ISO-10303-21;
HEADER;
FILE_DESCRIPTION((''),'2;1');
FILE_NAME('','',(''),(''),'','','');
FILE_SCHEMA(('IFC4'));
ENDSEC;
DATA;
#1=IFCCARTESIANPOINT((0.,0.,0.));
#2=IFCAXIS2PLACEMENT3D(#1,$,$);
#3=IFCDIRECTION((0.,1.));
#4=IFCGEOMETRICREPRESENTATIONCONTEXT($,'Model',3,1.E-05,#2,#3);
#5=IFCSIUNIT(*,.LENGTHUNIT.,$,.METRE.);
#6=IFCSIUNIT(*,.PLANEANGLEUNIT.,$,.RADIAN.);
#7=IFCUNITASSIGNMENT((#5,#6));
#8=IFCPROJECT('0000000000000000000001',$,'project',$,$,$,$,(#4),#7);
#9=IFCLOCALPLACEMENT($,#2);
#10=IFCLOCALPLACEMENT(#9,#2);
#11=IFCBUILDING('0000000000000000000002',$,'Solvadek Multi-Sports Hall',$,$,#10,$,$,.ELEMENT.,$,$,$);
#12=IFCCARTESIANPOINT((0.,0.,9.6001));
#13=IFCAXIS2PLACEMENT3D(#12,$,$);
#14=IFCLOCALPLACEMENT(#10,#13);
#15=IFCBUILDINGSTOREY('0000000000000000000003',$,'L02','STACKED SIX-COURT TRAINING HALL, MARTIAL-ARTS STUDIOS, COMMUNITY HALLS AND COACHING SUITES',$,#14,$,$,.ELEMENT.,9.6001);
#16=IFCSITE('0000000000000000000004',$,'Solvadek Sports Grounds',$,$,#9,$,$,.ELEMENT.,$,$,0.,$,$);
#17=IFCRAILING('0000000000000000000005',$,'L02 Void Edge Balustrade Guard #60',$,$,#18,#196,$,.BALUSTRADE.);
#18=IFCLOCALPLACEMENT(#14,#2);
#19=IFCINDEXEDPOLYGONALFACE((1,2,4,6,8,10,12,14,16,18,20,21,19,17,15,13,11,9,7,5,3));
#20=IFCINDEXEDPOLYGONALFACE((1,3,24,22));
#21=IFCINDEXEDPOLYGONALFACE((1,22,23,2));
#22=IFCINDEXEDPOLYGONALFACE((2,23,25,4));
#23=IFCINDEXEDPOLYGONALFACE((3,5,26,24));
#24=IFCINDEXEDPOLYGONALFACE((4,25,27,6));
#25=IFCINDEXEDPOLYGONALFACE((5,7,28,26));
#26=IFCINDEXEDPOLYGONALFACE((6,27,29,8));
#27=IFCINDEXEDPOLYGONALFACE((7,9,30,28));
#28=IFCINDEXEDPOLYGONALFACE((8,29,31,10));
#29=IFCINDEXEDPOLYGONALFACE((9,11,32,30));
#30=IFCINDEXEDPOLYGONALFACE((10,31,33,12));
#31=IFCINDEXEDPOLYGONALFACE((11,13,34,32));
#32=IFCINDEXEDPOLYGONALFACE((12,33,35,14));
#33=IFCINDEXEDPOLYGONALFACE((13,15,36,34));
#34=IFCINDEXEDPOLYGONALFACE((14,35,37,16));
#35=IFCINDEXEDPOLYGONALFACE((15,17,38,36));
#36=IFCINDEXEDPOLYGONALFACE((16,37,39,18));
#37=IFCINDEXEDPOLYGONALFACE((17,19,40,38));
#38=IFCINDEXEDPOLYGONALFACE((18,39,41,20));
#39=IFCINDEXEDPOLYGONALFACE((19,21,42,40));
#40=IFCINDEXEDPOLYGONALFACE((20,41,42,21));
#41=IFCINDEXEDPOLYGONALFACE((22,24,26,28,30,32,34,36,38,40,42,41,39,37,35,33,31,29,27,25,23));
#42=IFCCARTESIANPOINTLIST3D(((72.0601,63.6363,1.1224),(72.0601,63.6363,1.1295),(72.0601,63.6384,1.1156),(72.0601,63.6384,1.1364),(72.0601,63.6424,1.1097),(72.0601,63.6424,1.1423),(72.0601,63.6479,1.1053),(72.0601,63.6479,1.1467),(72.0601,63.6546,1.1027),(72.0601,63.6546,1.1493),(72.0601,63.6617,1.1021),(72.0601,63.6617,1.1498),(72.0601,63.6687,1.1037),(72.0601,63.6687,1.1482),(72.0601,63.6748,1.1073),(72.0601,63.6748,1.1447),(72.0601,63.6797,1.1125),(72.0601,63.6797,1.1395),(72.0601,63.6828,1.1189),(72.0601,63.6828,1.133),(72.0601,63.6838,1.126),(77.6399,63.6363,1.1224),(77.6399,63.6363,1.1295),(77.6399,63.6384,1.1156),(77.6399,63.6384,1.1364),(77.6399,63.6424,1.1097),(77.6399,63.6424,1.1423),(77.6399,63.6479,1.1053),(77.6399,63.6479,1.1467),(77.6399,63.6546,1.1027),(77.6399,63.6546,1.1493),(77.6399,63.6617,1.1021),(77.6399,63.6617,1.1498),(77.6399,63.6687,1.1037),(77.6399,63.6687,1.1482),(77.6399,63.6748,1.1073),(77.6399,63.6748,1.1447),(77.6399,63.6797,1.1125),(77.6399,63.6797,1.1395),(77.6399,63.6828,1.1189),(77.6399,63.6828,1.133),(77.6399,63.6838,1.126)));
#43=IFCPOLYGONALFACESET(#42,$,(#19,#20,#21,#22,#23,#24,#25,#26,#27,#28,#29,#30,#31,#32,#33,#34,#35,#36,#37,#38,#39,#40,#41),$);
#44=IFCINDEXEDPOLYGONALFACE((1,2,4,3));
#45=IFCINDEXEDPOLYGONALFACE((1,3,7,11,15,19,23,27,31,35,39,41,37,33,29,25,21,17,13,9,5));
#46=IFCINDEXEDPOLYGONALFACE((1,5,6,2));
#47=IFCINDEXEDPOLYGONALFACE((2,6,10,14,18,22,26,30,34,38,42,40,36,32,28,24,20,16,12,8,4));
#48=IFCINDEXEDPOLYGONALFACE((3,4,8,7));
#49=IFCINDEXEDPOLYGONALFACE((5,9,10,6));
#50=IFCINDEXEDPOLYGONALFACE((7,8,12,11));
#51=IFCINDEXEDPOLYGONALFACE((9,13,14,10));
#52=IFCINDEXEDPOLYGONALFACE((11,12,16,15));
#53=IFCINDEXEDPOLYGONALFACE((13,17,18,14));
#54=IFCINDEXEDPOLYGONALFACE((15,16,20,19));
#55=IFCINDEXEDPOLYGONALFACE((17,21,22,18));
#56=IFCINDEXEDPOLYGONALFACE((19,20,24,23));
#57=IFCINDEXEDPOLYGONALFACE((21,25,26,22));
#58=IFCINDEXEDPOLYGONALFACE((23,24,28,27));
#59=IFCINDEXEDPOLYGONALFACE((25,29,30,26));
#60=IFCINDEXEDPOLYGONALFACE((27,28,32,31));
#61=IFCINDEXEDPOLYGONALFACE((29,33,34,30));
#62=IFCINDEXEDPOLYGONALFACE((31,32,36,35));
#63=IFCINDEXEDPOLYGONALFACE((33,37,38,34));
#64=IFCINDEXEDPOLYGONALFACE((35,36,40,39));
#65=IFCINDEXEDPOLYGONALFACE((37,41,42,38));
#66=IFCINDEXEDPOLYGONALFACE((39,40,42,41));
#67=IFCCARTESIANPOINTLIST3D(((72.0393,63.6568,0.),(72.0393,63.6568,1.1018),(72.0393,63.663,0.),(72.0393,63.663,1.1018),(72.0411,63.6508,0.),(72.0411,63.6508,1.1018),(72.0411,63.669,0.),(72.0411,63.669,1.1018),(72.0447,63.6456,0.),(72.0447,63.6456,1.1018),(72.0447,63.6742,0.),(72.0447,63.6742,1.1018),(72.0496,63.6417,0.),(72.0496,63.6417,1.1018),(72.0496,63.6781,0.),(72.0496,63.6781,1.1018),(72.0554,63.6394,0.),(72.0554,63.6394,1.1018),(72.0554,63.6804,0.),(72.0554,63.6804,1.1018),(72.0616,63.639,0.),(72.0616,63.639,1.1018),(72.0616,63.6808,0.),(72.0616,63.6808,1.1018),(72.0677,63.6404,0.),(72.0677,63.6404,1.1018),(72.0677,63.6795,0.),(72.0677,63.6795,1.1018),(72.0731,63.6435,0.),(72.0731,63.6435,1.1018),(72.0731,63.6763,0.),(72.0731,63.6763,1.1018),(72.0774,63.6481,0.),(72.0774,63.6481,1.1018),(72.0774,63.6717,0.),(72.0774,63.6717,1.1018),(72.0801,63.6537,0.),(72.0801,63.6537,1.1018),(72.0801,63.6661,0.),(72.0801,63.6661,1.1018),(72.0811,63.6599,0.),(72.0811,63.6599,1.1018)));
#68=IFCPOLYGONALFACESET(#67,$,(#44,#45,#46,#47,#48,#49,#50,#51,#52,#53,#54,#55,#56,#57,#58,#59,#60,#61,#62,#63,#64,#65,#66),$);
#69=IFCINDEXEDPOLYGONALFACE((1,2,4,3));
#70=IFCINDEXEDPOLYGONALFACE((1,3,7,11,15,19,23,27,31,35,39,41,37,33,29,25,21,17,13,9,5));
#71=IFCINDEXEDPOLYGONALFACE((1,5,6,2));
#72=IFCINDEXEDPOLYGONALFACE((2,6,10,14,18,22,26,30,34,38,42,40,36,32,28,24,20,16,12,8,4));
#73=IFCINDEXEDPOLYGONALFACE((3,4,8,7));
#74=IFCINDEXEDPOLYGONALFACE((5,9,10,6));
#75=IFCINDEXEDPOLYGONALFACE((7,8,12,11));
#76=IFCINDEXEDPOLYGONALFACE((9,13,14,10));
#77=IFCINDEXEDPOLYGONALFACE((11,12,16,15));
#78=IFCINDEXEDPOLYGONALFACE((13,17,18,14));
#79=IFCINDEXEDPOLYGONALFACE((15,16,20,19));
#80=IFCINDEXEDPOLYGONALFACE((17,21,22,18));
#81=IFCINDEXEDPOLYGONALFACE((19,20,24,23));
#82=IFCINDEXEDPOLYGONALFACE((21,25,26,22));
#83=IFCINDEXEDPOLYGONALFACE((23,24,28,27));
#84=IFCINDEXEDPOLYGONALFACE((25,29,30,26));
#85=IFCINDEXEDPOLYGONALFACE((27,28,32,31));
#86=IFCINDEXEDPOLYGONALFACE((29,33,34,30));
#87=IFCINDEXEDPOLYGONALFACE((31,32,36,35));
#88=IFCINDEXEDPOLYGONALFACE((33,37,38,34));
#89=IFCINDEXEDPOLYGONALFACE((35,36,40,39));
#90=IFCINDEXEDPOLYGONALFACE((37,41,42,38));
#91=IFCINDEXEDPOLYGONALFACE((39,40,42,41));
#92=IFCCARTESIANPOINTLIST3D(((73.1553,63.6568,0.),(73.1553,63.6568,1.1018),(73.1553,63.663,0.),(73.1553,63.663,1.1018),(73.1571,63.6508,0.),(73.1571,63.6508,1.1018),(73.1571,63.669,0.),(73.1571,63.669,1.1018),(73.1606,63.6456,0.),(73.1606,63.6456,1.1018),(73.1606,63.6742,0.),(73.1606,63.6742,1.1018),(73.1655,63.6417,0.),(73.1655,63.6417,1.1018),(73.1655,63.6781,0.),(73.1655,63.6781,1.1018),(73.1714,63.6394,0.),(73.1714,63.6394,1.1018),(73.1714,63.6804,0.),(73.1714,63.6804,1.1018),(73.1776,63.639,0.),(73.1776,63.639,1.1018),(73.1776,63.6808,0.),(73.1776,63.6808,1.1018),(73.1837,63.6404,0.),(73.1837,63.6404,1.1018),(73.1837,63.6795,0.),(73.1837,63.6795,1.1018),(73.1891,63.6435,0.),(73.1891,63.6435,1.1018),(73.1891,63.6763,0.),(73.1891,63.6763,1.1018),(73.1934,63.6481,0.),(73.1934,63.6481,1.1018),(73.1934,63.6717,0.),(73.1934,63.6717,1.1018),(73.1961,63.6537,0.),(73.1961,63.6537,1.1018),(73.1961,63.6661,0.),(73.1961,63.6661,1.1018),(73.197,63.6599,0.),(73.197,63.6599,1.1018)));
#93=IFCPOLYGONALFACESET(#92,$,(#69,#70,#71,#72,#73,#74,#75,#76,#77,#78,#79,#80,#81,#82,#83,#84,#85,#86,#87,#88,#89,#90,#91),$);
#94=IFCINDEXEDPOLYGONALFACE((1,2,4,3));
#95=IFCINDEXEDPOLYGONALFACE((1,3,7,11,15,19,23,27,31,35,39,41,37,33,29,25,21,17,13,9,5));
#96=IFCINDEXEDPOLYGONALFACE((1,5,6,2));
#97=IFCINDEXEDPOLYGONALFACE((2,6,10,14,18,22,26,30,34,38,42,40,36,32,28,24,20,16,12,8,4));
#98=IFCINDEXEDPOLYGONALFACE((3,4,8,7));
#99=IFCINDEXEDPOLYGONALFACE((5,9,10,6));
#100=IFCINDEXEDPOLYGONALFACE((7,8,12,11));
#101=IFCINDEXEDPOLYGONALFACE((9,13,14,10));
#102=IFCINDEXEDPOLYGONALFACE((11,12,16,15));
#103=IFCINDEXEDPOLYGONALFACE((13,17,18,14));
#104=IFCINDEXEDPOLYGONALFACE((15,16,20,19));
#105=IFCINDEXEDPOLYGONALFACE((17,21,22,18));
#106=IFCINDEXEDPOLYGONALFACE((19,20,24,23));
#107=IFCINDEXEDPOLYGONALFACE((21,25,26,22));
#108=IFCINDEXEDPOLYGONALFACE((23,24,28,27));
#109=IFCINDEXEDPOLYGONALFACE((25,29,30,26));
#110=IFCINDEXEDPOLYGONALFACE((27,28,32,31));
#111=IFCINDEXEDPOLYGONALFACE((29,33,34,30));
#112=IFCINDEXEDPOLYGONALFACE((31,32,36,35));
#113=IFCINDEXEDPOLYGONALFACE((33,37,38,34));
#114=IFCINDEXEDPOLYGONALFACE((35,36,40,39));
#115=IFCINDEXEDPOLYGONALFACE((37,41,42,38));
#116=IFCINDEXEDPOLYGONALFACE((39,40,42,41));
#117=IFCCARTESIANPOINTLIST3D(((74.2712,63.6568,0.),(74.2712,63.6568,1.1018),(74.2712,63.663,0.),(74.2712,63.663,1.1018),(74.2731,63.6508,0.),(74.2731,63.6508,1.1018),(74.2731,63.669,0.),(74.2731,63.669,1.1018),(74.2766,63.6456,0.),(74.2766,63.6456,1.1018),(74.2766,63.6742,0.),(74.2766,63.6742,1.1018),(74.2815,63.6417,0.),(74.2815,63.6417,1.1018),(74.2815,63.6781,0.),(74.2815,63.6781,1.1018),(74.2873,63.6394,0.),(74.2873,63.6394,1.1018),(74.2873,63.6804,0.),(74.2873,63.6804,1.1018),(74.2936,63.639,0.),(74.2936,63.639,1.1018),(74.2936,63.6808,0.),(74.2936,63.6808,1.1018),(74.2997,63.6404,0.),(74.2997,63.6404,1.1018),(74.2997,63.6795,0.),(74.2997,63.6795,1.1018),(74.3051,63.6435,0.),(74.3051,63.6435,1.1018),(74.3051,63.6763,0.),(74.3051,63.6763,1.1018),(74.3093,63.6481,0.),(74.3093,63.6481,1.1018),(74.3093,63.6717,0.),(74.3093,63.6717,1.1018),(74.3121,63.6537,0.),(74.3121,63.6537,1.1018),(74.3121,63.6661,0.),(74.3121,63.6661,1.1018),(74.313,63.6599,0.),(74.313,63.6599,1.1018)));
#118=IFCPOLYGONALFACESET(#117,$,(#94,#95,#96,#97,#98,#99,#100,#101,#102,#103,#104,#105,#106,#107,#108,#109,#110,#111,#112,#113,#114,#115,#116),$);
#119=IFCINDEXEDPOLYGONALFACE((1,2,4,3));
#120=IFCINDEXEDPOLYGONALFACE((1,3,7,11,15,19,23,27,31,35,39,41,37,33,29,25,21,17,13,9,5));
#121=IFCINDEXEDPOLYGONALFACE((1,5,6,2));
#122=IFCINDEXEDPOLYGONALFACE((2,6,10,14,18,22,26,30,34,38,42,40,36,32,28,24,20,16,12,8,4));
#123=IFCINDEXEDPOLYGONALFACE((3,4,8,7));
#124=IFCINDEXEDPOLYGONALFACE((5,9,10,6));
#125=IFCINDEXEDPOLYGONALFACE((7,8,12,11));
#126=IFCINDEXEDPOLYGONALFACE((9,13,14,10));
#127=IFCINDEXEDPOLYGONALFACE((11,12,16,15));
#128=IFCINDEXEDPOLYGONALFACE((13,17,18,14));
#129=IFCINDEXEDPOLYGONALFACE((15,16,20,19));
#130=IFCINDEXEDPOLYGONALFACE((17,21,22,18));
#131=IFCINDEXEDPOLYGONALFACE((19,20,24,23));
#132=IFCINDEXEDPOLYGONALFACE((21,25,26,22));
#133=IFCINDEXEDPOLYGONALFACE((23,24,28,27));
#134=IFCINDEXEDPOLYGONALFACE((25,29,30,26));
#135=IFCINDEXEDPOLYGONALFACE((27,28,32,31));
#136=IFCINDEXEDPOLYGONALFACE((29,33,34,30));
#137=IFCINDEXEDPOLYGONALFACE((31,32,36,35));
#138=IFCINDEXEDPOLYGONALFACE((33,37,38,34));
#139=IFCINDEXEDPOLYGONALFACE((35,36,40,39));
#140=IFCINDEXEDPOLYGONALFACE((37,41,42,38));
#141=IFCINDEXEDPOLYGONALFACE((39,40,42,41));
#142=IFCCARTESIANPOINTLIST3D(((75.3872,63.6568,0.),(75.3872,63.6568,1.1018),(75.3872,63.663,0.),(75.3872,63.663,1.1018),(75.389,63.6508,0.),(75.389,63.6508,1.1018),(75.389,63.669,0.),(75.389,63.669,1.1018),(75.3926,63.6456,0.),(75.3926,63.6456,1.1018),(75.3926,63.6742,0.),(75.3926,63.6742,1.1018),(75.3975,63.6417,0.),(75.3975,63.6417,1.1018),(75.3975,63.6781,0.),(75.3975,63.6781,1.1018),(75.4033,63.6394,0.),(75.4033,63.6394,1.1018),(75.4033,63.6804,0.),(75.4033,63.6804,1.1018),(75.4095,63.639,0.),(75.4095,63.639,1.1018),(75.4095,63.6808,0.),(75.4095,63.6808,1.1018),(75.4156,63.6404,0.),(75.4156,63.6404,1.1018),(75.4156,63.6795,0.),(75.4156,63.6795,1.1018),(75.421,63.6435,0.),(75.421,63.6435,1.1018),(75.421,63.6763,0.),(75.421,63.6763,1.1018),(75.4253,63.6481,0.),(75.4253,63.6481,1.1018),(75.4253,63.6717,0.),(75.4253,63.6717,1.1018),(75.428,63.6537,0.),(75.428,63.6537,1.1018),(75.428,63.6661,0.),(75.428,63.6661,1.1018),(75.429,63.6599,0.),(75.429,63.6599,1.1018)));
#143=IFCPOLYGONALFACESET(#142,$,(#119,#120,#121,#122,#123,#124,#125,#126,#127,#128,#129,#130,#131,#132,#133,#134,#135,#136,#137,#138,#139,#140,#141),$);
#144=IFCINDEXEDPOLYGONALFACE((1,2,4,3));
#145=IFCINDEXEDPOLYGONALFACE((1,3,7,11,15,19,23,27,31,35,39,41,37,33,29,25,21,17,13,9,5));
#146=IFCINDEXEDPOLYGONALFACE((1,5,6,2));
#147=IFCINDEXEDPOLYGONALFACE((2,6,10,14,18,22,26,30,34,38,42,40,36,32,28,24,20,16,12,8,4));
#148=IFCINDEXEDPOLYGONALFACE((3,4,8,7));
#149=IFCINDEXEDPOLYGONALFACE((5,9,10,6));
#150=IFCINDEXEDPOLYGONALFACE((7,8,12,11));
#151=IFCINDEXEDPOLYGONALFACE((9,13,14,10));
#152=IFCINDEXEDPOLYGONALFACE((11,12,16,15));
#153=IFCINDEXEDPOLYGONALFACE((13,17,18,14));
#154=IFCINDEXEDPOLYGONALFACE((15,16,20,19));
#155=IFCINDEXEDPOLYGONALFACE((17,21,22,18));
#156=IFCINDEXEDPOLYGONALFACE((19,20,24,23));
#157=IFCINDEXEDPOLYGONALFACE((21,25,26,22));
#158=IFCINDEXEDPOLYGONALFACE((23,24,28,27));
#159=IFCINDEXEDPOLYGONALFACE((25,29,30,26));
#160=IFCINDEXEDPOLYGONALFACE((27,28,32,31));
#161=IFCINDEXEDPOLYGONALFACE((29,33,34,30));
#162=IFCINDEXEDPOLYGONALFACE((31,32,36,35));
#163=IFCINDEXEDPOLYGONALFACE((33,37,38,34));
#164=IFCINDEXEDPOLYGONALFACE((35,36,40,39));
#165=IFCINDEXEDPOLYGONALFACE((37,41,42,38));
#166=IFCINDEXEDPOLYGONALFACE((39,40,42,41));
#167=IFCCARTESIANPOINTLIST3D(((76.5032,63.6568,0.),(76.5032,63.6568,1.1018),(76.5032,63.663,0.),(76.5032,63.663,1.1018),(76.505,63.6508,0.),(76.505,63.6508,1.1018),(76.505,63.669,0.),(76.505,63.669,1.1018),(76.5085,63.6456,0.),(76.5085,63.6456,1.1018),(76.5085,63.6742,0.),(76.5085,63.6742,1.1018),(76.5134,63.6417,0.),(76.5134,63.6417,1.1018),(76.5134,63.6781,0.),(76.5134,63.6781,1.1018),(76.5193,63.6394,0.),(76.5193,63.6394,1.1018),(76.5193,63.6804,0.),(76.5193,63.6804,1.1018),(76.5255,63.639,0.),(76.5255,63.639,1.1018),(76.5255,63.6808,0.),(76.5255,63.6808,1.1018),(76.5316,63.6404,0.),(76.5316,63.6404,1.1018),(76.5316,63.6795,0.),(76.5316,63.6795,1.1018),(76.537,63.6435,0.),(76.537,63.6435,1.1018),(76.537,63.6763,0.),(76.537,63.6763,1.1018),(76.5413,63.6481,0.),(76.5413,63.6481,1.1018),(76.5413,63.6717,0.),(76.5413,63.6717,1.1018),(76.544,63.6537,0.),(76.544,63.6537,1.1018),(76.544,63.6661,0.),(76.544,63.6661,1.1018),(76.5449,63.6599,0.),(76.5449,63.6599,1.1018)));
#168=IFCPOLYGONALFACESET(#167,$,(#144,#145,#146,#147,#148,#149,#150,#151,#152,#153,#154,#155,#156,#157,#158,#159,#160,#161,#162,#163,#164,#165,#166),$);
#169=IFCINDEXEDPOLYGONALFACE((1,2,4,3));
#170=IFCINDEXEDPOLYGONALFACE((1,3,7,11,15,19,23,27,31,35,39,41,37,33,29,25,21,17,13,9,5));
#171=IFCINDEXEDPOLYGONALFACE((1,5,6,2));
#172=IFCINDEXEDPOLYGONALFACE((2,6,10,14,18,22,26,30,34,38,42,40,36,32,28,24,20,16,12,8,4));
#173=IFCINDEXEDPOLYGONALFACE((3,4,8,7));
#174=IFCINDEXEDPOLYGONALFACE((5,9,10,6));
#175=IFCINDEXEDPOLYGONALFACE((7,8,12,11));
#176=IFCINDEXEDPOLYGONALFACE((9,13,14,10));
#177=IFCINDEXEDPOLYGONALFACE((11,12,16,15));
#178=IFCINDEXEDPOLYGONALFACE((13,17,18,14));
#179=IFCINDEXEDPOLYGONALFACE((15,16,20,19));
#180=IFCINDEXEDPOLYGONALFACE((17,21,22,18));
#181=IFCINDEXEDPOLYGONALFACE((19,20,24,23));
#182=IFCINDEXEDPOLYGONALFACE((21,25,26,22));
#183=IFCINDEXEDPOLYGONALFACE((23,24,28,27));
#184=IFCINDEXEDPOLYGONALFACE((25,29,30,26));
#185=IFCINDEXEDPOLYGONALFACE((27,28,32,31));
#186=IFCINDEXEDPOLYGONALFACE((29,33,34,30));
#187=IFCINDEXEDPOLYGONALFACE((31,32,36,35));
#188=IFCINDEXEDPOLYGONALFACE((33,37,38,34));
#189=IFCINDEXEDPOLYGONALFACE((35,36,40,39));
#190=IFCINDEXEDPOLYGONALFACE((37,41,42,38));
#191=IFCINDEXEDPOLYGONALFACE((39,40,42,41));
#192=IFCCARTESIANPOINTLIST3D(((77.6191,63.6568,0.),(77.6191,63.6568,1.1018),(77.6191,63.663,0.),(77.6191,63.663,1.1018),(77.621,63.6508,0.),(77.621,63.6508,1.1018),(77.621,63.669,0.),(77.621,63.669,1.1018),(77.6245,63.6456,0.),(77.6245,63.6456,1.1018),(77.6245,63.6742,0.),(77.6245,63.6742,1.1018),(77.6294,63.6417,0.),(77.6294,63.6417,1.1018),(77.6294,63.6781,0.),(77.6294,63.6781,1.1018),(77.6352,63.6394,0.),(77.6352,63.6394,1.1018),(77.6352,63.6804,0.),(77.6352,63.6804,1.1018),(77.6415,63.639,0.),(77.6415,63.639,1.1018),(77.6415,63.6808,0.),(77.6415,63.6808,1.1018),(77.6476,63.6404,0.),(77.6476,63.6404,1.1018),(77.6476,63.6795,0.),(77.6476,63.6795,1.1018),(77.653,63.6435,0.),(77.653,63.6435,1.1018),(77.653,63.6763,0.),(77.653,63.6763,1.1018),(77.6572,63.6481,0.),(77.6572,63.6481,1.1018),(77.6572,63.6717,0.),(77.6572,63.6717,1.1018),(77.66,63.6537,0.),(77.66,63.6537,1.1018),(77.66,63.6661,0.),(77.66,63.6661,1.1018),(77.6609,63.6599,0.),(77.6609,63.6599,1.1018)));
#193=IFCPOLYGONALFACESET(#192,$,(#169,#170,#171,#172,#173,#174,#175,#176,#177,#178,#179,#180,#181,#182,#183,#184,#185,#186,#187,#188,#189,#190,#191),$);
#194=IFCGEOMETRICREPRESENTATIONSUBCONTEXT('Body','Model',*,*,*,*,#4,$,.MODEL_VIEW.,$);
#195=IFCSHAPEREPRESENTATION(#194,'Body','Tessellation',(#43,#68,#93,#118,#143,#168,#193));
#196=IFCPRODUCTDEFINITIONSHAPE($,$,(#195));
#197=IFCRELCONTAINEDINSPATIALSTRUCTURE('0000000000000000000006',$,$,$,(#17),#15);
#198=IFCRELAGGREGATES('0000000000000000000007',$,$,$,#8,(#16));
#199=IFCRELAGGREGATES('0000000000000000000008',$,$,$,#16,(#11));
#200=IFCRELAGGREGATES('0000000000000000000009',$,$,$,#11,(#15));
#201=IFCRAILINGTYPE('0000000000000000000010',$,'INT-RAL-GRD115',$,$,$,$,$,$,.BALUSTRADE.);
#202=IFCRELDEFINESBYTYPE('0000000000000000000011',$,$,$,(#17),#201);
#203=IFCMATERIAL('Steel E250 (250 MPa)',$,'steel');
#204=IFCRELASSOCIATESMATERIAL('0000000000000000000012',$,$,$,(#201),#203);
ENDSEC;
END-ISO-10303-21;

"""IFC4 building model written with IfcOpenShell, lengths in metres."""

from ifc_helpers import new_model, si_unit, direction, frame, origin, origin_2d, place, context, subcontext, project, spatial, circle, extrude, material, type_object, element, save


model = new_model("IFC4")

# Units and contexts
model_context = context("Model", 3, precision=1e-05, world=origin(), true_north=direction((0.0, 1.0)))
body_context = subcontext(model_context, "Body", "Model", "MODEL_VIEW")
ifc_project = project(units=[si_unit("LENGTHUNIT", "METRE"), si_unit("PLANEANGLEUNIT", "RADIAN")], contexts=[model_context])

# Site, building, storey
site_placement = place(None, origin())
site = spatial("IfcSite", under=ifc_project, at=site_placement, Name="Solvadek Sports Grounds", CompositionType="ELEMENT", RefElevation=0.0)
building_placement = place(site_placement, origin())
building = spatial("IfcBuilding", under=site, at=building_placement, Name="Solvadek Multi-Sports Hall", CompositionType="ELEMENT")
storey_placement = place(building_placement, frame((0.0, 0.0, 9.6001)))
storey = spatial("IfcBuildingStorey", under=building, at=storey_placement, Name="L02", Description="STACKED SIX-COURT TRAINING HALL, MARTIAL-ARTS STUDIOS, COMMUNITY HALLS AND COACHING SUITES", CompositionType="ELEMENT", Elevation=9.6001)

# Railing
ifc_material_1 = material(Name="Steel E250 (250 MPa)", Category="steel")
railing_type = type_object("IfcRailingType", Name="INT-RAL-GRD115", PredefinedType="BALUSTRADE", material=ifc_material_1)
railing_1_placement = place(storey_placement, frame((72.0601, 63.6599, 0.0)))
element("IfcRailing", 1, at=railing_1_placement, inside=storey, type_object=railing_type, Name="L02 Void Edge Balustrade Guard #60", PredefinedType="BALUSTRADE", context=body_context, shape_type="SweptSolid", body=[
    extrude(circle(Radius=0.0239, at=origin_2d()), frame((0.0, 0.0, 1.126), z_axis=(1.0, 0.0, 0.0), x_axis=(0.0, 1.0, 0.0)), (0.0, 0.0, 1.0), 5.5798),
    extrude(circle(Radius=0.021, at=origin_2d()), origin(), (0.0, 0.0, 1.0), 1.1018),
    extrude(circle(Radius=0.021, at=origin_2d()), frame((1.116, 0.0, 0.0)), (0.0, 0.0, 1.0), 1.1018),
    extrude(circle(Radius=0.021, at=origin_2d()), frame((2.2319, 0.0, 0.0)), (0.0, 0.0, 1.0), 1.1018),
    extrude(circle(Radius=0.021, at=origin_2d()), frame((3.3479, 0.0, 0.0)), (0.0, 0.0, 1.0), 1.1018),
    extrude(circle(Radius=0.021, at=origin_2d()), frame((4.4639, 0.0, 0.0)), (0.0, 0.0, 1.0), 1.1018),
    extrude(circle(Radius=0.021, at=origin_2d()), frame((5.5798, 0.0, 0.0)), (0.0, 0.0, 1.0), 1.1018),
])

save(model, "model.ifc")
